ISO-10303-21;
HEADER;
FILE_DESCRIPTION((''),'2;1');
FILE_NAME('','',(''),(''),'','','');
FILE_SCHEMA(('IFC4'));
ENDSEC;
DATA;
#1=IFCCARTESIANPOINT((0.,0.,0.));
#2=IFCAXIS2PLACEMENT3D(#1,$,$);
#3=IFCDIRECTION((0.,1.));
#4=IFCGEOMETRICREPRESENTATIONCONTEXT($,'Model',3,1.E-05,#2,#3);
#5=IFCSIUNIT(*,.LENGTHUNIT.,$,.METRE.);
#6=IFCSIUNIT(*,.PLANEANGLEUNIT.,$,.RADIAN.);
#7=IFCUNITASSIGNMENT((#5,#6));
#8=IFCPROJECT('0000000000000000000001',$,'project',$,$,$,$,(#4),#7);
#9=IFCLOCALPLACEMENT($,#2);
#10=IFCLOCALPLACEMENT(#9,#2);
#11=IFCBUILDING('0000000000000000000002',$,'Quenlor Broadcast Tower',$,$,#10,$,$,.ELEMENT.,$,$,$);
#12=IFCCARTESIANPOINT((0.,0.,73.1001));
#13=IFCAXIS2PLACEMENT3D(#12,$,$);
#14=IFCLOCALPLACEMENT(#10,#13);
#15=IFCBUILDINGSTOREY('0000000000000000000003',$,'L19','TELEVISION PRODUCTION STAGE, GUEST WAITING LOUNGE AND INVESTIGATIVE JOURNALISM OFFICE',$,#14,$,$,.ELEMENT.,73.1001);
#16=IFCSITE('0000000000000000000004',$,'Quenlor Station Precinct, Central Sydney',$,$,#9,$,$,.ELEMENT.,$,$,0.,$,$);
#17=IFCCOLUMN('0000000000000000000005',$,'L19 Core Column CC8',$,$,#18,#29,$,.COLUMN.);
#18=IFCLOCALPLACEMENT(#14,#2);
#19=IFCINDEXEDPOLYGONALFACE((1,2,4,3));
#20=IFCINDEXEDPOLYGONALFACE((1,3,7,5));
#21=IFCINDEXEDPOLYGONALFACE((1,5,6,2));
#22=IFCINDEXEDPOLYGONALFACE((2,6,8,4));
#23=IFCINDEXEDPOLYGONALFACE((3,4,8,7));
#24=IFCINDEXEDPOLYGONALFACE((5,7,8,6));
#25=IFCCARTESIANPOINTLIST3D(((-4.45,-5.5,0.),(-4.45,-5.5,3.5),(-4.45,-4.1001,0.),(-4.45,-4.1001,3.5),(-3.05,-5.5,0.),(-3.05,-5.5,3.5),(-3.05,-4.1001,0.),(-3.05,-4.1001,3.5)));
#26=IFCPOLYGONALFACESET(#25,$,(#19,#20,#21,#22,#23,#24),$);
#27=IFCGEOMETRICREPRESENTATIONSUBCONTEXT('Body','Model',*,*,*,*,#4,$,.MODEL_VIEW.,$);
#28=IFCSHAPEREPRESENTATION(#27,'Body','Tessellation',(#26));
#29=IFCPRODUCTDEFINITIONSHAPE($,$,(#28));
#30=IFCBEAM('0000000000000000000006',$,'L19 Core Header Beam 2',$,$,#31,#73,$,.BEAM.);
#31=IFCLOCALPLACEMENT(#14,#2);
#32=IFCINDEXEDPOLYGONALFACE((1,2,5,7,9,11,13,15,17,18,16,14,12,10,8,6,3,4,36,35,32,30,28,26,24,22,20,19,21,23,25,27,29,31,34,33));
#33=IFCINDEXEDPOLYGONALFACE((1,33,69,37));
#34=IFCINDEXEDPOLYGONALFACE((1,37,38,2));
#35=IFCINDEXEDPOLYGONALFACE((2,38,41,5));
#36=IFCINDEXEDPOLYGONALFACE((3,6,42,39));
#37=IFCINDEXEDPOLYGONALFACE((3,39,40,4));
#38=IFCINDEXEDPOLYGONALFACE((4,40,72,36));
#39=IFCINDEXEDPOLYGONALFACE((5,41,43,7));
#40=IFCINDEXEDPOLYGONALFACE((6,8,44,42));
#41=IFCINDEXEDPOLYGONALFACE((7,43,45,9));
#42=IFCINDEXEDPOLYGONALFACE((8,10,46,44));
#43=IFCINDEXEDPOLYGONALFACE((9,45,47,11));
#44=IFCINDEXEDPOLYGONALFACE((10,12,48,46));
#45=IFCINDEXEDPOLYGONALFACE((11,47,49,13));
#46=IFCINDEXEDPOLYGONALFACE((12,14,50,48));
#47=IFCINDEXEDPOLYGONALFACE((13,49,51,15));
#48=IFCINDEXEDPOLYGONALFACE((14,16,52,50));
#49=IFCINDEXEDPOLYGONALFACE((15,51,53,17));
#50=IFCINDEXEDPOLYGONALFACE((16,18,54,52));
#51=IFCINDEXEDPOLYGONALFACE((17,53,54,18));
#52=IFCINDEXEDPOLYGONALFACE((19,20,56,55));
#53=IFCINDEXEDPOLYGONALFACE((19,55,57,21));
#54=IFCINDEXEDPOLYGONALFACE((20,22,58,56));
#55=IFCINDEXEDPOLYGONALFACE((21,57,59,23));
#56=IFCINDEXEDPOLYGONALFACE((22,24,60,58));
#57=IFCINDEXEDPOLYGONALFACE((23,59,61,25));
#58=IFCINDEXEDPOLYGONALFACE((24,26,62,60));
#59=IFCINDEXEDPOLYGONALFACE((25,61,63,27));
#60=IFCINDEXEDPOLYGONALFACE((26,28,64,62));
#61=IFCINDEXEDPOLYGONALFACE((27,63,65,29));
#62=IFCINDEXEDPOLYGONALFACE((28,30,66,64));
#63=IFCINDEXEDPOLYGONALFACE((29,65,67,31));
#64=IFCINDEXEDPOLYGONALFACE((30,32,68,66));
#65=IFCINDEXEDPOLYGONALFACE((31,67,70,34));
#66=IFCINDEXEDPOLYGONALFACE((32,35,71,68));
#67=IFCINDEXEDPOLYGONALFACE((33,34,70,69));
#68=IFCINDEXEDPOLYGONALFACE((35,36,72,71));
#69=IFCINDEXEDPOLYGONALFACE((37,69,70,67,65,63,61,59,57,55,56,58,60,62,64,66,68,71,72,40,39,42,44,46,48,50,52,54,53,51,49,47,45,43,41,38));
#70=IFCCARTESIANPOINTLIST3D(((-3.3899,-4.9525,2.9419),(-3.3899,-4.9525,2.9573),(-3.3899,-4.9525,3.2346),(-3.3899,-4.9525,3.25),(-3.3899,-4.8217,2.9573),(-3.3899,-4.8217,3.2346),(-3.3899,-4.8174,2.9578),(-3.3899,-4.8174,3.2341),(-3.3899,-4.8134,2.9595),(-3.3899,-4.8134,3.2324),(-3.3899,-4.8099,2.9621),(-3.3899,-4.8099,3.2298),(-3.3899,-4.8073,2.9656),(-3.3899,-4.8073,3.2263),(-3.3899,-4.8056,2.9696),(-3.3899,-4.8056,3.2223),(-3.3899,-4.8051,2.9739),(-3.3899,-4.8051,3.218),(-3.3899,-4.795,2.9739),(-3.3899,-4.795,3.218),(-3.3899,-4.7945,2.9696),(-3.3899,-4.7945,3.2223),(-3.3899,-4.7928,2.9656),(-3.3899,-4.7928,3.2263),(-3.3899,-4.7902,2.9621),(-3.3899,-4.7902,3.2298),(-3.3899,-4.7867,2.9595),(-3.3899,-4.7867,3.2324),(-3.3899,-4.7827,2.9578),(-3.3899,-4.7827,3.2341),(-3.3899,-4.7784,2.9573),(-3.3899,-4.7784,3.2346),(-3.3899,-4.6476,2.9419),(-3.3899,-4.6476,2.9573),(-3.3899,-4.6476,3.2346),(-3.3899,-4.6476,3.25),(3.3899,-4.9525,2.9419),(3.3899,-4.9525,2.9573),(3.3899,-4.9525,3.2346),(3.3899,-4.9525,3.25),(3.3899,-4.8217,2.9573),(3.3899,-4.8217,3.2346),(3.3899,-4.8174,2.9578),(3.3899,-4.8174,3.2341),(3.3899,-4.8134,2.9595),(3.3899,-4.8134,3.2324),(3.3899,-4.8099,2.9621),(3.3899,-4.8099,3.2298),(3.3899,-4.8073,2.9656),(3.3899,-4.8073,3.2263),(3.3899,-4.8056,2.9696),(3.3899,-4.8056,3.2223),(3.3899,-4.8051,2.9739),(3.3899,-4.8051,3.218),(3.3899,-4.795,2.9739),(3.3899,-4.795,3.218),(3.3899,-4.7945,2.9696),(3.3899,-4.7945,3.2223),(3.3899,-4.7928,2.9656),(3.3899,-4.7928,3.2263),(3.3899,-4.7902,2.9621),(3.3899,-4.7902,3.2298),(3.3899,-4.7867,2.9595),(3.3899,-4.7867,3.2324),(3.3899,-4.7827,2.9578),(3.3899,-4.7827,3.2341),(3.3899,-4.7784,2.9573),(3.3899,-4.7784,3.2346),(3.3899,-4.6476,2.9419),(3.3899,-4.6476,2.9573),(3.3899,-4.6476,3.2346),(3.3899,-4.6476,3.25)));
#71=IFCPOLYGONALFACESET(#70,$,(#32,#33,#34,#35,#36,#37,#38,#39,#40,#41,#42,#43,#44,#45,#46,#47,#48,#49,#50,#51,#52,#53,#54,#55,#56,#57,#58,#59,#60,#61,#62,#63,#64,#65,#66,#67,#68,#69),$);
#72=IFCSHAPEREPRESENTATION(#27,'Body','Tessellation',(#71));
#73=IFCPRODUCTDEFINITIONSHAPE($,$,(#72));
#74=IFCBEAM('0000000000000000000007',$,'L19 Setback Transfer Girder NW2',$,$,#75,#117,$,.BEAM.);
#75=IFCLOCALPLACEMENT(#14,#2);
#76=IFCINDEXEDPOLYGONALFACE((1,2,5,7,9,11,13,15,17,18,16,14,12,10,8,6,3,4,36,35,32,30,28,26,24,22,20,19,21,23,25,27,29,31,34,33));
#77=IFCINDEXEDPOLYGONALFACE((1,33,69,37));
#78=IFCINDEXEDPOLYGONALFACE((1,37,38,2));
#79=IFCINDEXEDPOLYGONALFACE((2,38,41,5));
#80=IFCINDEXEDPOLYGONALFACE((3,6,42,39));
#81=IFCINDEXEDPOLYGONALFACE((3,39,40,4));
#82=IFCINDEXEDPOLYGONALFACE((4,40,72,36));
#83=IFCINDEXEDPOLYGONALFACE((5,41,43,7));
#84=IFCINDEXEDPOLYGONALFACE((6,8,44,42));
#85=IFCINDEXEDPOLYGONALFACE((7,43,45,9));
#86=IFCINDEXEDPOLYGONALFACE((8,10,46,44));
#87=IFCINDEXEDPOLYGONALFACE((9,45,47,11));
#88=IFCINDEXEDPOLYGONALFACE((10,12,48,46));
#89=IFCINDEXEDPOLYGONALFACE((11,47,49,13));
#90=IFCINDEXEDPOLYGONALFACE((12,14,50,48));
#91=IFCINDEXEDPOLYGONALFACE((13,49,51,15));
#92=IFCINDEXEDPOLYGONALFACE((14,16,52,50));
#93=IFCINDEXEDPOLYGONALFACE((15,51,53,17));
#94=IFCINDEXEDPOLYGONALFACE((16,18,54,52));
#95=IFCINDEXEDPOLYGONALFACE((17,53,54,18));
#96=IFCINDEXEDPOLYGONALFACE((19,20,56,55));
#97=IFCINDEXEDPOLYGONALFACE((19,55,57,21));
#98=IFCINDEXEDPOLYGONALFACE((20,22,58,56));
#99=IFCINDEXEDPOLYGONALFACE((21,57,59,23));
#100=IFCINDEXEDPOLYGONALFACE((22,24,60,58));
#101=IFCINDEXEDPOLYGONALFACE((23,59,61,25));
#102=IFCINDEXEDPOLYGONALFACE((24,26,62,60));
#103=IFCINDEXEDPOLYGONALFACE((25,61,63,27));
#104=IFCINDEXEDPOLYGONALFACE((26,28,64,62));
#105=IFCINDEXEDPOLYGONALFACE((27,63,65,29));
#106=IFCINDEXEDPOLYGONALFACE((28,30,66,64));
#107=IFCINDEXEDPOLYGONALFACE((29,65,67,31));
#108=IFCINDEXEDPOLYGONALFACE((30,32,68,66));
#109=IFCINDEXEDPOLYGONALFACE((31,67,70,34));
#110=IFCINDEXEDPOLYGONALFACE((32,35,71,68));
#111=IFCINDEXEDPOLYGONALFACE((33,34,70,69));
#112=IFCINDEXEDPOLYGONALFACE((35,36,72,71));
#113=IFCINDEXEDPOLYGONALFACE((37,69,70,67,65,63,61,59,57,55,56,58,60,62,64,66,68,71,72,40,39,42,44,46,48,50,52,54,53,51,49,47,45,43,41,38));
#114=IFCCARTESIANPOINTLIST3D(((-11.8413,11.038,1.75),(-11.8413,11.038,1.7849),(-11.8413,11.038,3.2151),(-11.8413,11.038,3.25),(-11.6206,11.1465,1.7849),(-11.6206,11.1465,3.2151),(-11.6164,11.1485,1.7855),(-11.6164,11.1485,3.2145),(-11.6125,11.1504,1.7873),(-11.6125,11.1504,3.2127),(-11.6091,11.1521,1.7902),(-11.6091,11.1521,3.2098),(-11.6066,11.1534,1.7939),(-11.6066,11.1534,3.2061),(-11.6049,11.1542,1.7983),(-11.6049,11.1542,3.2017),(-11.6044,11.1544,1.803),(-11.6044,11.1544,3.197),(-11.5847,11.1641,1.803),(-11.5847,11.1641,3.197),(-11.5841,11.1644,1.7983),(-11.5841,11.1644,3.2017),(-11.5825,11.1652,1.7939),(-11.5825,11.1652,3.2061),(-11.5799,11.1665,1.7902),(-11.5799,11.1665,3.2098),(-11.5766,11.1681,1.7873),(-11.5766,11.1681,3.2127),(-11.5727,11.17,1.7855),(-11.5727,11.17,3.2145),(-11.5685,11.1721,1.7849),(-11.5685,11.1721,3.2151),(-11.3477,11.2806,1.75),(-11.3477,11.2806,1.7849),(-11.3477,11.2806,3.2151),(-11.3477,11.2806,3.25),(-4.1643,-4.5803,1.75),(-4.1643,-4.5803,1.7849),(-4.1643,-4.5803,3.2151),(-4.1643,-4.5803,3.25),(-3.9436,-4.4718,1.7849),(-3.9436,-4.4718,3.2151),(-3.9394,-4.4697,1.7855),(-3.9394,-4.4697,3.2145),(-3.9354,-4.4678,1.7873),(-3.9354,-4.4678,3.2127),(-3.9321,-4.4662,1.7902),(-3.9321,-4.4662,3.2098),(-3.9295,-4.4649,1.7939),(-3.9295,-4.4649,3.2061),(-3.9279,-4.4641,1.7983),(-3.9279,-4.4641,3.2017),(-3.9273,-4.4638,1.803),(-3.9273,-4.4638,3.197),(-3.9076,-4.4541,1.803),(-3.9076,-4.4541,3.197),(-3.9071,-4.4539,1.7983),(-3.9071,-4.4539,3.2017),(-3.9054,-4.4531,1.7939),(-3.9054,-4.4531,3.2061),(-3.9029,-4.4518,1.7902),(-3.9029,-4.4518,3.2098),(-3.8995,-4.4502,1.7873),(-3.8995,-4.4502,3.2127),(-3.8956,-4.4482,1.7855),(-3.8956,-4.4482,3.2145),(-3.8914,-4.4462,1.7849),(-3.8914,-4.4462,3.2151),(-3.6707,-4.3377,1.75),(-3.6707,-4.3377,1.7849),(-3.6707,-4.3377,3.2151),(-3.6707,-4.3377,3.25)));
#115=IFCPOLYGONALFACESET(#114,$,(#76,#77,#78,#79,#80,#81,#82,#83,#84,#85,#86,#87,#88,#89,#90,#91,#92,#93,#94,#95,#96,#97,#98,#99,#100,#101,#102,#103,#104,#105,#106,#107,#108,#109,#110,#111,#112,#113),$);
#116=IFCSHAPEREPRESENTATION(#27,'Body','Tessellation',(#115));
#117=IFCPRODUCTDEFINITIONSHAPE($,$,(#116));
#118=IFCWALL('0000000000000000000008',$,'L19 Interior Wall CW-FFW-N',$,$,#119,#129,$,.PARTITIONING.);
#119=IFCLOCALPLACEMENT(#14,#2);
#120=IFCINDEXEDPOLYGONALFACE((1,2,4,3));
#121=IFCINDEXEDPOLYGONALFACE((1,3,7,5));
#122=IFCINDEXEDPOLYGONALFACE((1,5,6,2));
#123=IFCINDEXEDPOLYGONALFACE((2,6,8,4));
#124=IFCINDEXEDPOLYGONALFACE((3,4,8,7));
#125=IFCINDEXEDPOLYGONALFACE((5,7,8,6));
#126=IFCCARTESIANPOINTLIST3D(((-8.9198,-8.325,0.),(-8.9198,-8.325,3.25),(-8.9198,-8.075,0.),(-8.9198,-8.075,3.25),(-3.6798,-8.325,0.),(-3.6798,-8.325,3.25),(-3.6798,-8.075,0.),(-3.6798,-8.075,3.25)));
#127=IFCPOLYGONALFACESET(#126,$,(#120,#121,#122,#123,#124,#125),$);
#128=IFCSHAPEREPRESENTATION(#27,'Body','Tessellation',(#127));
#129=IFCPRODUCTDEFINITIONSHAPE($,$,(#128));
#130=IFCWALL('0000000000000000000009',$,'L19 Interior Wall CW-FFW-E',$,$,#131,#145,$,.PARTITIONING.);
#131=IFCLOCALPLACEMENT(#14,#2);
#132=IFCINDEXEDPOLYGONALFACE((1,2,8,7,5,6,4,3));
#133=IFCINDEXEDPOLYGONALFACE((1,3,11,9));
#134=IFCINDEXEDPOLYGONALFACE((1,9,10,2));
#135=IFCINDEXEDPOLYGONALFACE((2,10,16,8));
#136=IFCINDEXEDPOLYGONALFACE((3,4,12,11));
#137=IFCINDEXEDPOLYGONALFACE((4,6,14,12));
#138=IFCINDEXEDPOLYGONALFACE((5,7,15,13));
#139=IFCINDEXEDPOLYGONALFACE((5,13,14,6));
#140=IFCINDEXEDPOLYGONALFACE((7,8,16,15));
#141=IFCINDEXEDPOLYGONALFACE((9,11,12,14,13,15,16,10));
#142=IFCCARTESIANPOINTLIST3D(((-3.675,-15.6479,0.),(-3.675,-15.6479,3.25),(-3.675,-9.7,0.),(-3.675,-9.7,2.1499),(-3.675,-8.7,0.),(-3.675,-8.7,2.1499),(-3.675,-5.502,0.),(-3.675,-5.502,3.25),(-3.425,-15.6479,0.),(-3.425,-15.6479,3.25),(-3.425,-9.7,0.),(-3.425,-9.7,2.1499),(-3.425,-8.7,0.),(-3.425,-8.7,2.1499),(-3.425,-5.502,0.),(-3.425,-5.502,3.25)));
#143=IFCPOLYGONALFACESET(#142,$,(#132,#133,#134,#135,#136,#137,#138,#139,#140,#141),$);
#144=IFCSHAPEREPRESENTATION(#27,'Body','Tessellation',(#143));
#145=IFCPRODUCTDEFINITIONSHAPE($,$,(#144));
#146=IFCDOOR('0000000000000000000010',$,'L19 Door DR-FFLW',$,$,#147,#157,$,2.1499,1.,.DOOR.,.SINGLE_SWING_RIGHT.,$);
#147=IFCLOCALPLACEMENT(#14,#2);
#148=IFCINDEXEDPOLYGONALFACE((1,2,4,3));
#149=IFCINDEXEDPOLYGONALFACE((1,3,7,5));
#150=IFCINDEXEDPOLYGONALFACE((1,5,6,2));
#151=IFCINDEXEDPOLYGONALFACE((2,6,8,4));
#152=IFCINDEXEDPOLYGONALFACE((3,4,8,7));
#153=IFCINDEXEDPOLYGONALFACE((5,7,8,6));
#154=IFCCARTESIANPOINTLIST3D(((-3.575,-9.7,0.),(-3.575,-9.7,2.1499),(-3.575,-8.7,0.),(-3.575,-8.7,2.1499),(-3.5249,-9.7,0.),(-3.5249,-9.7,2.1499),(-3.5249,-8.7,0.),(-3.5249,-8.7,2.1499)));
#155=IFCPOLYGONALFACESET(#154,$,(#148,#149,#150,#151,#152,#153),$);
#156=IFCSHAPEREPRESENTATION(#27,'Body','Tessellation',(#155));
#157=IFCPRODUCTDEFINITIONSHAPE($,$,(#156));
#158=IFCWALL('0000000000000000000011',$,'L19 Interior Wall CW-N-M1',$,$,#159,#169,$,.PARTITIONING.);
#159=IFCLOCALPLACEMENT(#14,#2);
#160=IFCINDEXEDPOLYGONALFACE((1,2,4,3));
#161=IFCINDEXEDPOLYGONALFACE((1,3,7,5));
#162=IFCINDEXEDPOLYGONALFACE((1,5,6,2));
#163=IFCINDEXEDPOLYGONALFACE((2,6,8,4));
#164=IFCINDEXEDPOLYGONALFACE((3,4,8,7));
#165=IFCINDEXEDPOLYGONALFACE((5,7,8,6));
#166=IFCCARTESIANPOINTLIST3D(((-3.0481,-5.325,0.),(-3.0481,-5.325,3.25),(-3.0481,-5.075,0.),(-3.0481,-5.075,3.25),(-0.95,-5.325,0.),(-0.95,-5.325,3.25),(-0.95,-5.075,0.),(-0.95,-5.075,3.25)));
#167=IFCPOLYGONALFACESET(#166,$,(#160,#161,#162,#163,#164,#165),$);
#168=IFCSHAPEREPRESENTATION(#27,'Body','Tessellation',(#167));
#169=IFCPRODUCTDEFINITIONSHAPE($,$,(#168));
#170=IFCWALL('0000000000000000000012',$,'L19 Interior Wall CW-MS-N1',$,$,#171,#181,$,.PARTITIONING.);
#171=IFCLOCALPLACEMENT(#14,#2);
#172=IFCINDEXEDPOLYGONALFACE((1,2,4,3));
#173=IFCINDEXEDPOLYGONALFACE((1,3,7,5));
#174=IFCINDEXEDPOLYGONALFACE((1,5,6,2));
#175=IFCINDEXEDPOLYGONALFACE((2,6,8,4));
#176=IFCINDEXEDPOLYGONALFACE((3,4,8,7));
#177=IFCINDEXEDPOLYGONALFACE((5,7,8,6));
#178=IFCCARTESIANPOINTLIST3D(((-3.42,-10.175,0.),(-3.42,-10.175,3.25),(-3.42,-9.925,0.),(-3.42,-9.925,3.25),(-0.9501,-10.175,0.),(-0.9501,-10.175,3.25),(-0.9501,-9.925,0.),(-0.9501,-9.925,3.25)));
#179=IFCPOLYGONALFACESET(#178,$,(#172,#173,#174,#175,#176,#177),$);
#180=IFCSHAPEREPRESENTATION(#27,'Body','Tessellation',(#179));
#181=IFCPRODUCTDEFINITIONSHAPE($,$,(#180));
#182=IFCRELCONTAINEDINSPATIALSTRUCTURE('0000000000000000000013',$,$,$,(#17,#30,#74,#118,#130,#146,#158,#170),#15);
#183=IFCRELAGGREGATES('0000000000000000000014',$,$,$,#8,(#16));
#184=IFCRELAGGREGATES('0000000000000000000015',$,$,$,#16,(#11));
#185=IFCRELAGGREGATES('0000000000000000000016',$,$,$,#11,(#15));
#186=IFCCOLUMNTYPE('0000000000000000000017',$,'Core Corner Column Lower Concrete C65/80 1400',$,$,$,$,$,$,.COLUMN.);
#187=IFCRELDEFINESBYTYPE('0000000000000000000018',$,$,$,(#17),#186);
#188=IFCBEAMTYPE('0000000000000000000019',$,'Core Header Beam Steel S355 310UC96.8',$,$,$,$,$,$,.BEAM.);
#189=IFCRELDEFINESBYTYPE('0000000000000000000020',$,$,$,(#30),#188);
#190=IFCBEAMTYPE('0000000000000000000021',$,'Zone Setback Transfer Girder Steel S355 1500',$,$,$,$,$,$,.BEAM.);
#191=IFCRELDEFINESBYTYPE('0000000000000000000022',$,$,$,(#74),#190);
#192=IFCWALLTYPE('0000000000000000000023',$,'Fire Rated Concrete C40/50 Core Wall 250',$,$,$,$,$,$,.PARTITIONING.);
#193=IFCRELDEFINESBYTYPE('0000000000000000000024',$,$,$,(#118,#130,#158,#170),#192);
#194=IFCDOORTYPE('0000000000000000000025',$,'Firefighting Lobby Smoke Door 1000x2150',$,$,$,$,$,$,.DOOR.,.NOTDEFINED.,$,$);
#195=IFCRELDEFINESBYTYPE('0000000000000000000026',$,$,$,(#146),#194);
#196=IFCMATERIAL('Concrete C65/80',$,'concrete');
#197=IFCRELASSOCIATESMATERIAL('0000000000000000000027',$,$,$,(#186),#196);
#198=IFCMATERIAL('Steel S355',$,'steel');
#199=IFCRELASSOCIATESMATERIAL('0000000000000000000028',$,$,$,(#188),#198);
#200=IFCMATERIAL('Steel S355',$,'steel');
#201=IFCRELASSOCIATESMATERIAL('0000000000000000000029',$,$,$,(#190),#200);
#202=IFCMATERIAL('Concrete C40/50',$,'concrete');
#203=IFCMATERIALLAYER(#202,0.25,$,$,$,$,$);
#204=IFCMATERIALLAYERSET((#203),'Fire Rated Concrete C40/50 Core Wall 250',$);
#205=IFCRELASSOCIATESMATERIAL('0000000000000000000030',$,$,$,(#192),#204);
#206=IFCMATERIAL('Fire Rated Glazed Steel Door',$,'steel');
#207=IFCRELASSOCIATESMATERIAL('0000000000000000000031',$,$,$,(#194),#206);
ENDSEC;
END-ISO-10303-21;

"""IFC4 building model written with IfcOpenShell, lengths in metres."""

from ifc_helpers import new_model, si_unit, direction, frame, frame_2d, origin, origin_2d, place, context, subcontext, project, spatial, rectangle, i_section, extrude, material, layer, layer_set, material_profile, profile_set, type_object, element, fill, save


model = new_model("IFC4")

# Units and contexts
model_context = context("Model", 3, precision=1e-05, world=origin(), true_north=direction((0.0, 1.0)))
body_context = subcontext(model_context, "Body", "Model", "MODEL_VIEW")
ifc_project = project(units=[si_unit("LENGTHUNIT", "METRE"), si_unit("PLANEANGLEUNIT", "RADIAN")], contexts=[model_context])

# Site, building, storey
site_placement = place(None, origin())
site = spatial("IfcSite", under=ifc_project, at=site_placement, Name="Quenlor Station Precinct, Central Sydney", CompositionType="ELEMENT", RefElevation=0.0)
building_placement = place(site_placement, origin())
building = spatial("IfcBuilding", under=site, at=building_placement, Name="Quenlor Broadcast Tower", CompositionType="ELEMENT")
storey_placement = place(building_placement, frame((0.0, 0.0, 73.1001)))
storey = spatial("IfcBuildingStorey", under=building, at=storey_placement, Name="L19", Description="TELEVISION PRODUCTION STAGE, GUEST WAITING LOUNGE AND INVESTIGATIVE JOURNALISM OFFICE", CompositionType="ELEMENT", Elevation=73.1001)

# Column
ifc_material_1 = material(Name="Concrete C65/80", Category="concrete")
ifc_material_profile_1 = material_profile(ifc_material_1, rectangle(XDim=1.3999, YDim=1.3999, at=origin_2d()))
ifc_profile_set_1 = profile_set([ifc_material_profile_1], Name="Concrete C65/80 RC1400x1400")
column_type = type_object("IfcColumnType", Name="Core Corner Column Lower Concrete C65/80 1400", PredefinedType="COLUMN", material=ifc_profile_set_1)
column_placement = place(storey_placement, frame((-3.75, -4.8, 0.0), z_axis=(0.0, 0.0, 1.0), x_axis=(1.0, 0.0, 0.0)))
element("IfcColumn", 1, at=column_placement, inside=storey, type_object=column_type, Name="L19 Core Column CC8", PredefinedType="COLUMN", context=body_context, shape_type="SweptSolid", body=[
    extrude(rectangle(XDim=1.3999, YDim=1.3999, at=origin_2d()), origin(), (0.0, 0.0, 1.0), 3.5),
])

# Beams
ifc_material_2 = material(Name="Steel S355", Category="steel")
ifc_material_profile_2 = material_profile(ifc_material_2, i_section(OverallWidth=0.3049, OverallDepth=0.3081, WebThickness=0.01, FlangeThickness=0.0154, FilletRadius=0.0166, at=origin_2d()))
ifc_profile_set_2 = profile_set([ifc_material_profile_2], Name="Steel S355 310UC96.8")
beam_type_1 = type_object("IfcBeamType", Name="Core Header Beam Steel S355 310UC96.8", PredefinedType="BEAM", material=ifc_profile_set_2)
beam_1_placement = place(storey_placement, frame((-3.3899, -4.8, 3.0959), z_axis=(1.0, 0.0, 0.0), x_axis=(0.0, 1.0, 0.0)))
element("IfcBeam", 2, at=beam_1_placement, inside=storey, type_object=beam_type_1, Name="L19 Core Header Beam 2", PredefinedType="BEAM", context=body_context, shape_type="SweptSolid", body=[
    extrude(i_section(OverallWidth=0.3049, OverallDepth=0.3081, WebThickness=0.01, FlangeThickness=0.0154, FilletRadius=0.0166, at=origin_2d()), origin(), (0.0, 0.0, 1.0), 6.7798),
])
ifc_material_3 = material(Name="Steel S355", Category="steel")
ifc_material_profile_3 = material_profile(ifc_material_3, i_section(OverallWidth=0.55, OverallDepth=1.5, WebThickness=0.022, FlangeThickness=0.0349, FilletRadius=0.0181, at=origin_2d()))
ifc_profile_set_3 = profile_set([ifc_material_profile_3], Name="Steel S355 1500TG510")
beam_type_2 = type_object("IfcBeamType", Name="Zone Setback Transfer Girder Steel S355 1500", PredefinedType="BEAM", material=ifc_profile_set_3)
beam_2_placement = place(storey_placement, frame((-3.9175, -4.459, 2.5), z_axis=(-0.441132, 0.897442, 0.0), x_axis=(-0.897442, -0.441132, 0.0)))
element("IfcBeam", 3, at=beam_2_placement, inside=storey, type_object=beam_type_2, Name="L19 Setback Transfer Girder NW2", PredefinedType="BEAM", context=body_context, shape_type="SweptSolid", body=[
    extrude(i_section(OverallWidth=0.55, OverallDepth=1.5, WebThickness=0.022, FlangeThickness=0.0349, FilletRadius=0.0181, at=origin_2d()), origin(), (0.0, 0.0, 1.0), 17.4031),
])

# Shared definitions
ifc_material_4 = material(Name="Concrete C40/50", Category="concrete")
ifc_layer_1 = layer(ifc_material_4, 0.25)
ifc_layer_set_1 = layer_set([ifc_layer_1], Name="Fire Rated Concrete C40/50 Core Wall 250")
wall_type_1 = type_object("IfcWallType", Name="Fire Rated Concrete C40/50 Core Wall 250", PredefinedType="PARTITIONING", material=ifc_layer_set_1)

# Wall
wall_1_placement = place(storey_placement, frame((-8.9199, -8.2, 0.0), z_axis=(0.0, 0.0, 1.0), x_axis=(1.0, 0.0, 0.0)))
element("IfcWall", 4, at=wall_1_placement, inside=storey, type_object=wall_type_1, Name="L19 Interior Wall CW-FFW-N", PredefinedType="PARTITIONING", context=body_context, shape_type="SweptSolid", body=[
    extrude(rectangle(XDim=5.24, YDim=0.25, at=frame_2d((2.6201, 0.0))), origin(), (0.0, 0.0, 1.0), 3.25),
])

# Wall, opening, door
wall_2_placement = place(storey_placement, frame((-3.55, -15.6479, 0.0), z_axis=(0.0, 0.0, 1.0), x_axis=(0.0, 1.0, 0.0)))
wall_2 = element("IfcWall", 5, at=wall_2_placement, inside=storey, type_object=wall_type_1, Name="L19 Interior Wall CW-FFW-E", PredefinedType="PARTITIONING", context=body_context, shape_type="SweptSolid", body=[
    extrude(rectangle(XDim=10.146, YDim=0.25, at=frame_2d((5.073, 0.0))), origin(), (0.0, 0.0, 1.0), 3.25),
])
opening_1_placement = place(wall_2_placement, frame((5.948, 0.0, 0.0)))
opening_1 = element("IfcOpeningElement", 6, at=opening_1_placement, cuts=wall_2, PredefinedType="OPENING", context=body_context, shape_type="SweptSolid", body=[
    extrude(rectangle(XDim=1.0, YDim=2.1499, at=frame_2d((0.5, 1.075))), frame((0.0, 0.135, 0.0), z_axis=(0.0, -1.0, 0.0), x_axis=(1.0, 0.0, 0.0)), (0.0, 0.0, 1.0), 0.27),
])
ifc_material_5 = material(Name="Fire Rated Glazed Steel Door", Category="steel")
door_type_1 = type_object("IfcDoorType", Name="Firefighting Lobby Smoke Door 1000x2150", OperationType="NOTDEFINED", PredefinedType="DOOR", material=ifc_material_5)
door_1_placement = place(opening_1_placement, origin())
door_1 = element("IfcDoor", 7, at=door_1_placement, inside=storey, type_object=door_type_1, Name="L19 Door DR-FFLW", OperationType="SINGLE_SWING_RIGHT", OverallHeight=2.1499, OverallWidth=1.0, PredefinedType="DOOR", context=body_context, shape_type="SweptSolid", body=[
    extrude(rectangle(XDim=1.0, YDim=2.1499, at=frame_2d((0.5, 1.075))), frame((0.0, 0.0249, 0.0), z_axis=(0.0, -1.0, 0.0), x_axis=(1.0, 0.0, 0.0)), (0.0, 0.0, 1.0), 0.05),
])
fill(opening_1, door_1)

# Walls
wall_3_placement = place(storey_placement, frame((-3.0481, -5.2, 0.0), z_axis=(0.0, 0.0, 1.0), x_axis=(1.0, 0.0, 0.0)))
element("IfcWall", 8, at=wall_3_placement, inside=storey, type_object=wall_type_1, Name="L19 Interior Wall CW-N-M1", PredefinedType="PARTITIONING", context=body_context, shape_type="SweptSolid", body=[
    extrude(rectangle(XDim=2.0981, YDim=0.25, at=frame_2d((1.0491, 0.0))), origin(), (0.0, 0.0, 1.0), 3.25),
])
wall_4_placement = place(storey_placement, frame((-3.4199, -10.05, 0.0), z_axis=(0.0, 0.0, 1.0), x_axis=(1.0, 0.0, 0.0)))
element("IfcWall", 9, at=wall_4_placement, inside=storey, type_object=wall_type_1, Name="L19 Interior Wall CW-MS-N1", PredefinedType="PARTITIONING", context=body_context, shape_type="SweptSolid", body=[
    extrude(rectangle(XDim=2.47, YDim=0.25, at=frame_2d((1.2349, 0.0))), origin(), (0.0, 0.0, 1.0), 3.25),
])

save(model, "model.ifc")
